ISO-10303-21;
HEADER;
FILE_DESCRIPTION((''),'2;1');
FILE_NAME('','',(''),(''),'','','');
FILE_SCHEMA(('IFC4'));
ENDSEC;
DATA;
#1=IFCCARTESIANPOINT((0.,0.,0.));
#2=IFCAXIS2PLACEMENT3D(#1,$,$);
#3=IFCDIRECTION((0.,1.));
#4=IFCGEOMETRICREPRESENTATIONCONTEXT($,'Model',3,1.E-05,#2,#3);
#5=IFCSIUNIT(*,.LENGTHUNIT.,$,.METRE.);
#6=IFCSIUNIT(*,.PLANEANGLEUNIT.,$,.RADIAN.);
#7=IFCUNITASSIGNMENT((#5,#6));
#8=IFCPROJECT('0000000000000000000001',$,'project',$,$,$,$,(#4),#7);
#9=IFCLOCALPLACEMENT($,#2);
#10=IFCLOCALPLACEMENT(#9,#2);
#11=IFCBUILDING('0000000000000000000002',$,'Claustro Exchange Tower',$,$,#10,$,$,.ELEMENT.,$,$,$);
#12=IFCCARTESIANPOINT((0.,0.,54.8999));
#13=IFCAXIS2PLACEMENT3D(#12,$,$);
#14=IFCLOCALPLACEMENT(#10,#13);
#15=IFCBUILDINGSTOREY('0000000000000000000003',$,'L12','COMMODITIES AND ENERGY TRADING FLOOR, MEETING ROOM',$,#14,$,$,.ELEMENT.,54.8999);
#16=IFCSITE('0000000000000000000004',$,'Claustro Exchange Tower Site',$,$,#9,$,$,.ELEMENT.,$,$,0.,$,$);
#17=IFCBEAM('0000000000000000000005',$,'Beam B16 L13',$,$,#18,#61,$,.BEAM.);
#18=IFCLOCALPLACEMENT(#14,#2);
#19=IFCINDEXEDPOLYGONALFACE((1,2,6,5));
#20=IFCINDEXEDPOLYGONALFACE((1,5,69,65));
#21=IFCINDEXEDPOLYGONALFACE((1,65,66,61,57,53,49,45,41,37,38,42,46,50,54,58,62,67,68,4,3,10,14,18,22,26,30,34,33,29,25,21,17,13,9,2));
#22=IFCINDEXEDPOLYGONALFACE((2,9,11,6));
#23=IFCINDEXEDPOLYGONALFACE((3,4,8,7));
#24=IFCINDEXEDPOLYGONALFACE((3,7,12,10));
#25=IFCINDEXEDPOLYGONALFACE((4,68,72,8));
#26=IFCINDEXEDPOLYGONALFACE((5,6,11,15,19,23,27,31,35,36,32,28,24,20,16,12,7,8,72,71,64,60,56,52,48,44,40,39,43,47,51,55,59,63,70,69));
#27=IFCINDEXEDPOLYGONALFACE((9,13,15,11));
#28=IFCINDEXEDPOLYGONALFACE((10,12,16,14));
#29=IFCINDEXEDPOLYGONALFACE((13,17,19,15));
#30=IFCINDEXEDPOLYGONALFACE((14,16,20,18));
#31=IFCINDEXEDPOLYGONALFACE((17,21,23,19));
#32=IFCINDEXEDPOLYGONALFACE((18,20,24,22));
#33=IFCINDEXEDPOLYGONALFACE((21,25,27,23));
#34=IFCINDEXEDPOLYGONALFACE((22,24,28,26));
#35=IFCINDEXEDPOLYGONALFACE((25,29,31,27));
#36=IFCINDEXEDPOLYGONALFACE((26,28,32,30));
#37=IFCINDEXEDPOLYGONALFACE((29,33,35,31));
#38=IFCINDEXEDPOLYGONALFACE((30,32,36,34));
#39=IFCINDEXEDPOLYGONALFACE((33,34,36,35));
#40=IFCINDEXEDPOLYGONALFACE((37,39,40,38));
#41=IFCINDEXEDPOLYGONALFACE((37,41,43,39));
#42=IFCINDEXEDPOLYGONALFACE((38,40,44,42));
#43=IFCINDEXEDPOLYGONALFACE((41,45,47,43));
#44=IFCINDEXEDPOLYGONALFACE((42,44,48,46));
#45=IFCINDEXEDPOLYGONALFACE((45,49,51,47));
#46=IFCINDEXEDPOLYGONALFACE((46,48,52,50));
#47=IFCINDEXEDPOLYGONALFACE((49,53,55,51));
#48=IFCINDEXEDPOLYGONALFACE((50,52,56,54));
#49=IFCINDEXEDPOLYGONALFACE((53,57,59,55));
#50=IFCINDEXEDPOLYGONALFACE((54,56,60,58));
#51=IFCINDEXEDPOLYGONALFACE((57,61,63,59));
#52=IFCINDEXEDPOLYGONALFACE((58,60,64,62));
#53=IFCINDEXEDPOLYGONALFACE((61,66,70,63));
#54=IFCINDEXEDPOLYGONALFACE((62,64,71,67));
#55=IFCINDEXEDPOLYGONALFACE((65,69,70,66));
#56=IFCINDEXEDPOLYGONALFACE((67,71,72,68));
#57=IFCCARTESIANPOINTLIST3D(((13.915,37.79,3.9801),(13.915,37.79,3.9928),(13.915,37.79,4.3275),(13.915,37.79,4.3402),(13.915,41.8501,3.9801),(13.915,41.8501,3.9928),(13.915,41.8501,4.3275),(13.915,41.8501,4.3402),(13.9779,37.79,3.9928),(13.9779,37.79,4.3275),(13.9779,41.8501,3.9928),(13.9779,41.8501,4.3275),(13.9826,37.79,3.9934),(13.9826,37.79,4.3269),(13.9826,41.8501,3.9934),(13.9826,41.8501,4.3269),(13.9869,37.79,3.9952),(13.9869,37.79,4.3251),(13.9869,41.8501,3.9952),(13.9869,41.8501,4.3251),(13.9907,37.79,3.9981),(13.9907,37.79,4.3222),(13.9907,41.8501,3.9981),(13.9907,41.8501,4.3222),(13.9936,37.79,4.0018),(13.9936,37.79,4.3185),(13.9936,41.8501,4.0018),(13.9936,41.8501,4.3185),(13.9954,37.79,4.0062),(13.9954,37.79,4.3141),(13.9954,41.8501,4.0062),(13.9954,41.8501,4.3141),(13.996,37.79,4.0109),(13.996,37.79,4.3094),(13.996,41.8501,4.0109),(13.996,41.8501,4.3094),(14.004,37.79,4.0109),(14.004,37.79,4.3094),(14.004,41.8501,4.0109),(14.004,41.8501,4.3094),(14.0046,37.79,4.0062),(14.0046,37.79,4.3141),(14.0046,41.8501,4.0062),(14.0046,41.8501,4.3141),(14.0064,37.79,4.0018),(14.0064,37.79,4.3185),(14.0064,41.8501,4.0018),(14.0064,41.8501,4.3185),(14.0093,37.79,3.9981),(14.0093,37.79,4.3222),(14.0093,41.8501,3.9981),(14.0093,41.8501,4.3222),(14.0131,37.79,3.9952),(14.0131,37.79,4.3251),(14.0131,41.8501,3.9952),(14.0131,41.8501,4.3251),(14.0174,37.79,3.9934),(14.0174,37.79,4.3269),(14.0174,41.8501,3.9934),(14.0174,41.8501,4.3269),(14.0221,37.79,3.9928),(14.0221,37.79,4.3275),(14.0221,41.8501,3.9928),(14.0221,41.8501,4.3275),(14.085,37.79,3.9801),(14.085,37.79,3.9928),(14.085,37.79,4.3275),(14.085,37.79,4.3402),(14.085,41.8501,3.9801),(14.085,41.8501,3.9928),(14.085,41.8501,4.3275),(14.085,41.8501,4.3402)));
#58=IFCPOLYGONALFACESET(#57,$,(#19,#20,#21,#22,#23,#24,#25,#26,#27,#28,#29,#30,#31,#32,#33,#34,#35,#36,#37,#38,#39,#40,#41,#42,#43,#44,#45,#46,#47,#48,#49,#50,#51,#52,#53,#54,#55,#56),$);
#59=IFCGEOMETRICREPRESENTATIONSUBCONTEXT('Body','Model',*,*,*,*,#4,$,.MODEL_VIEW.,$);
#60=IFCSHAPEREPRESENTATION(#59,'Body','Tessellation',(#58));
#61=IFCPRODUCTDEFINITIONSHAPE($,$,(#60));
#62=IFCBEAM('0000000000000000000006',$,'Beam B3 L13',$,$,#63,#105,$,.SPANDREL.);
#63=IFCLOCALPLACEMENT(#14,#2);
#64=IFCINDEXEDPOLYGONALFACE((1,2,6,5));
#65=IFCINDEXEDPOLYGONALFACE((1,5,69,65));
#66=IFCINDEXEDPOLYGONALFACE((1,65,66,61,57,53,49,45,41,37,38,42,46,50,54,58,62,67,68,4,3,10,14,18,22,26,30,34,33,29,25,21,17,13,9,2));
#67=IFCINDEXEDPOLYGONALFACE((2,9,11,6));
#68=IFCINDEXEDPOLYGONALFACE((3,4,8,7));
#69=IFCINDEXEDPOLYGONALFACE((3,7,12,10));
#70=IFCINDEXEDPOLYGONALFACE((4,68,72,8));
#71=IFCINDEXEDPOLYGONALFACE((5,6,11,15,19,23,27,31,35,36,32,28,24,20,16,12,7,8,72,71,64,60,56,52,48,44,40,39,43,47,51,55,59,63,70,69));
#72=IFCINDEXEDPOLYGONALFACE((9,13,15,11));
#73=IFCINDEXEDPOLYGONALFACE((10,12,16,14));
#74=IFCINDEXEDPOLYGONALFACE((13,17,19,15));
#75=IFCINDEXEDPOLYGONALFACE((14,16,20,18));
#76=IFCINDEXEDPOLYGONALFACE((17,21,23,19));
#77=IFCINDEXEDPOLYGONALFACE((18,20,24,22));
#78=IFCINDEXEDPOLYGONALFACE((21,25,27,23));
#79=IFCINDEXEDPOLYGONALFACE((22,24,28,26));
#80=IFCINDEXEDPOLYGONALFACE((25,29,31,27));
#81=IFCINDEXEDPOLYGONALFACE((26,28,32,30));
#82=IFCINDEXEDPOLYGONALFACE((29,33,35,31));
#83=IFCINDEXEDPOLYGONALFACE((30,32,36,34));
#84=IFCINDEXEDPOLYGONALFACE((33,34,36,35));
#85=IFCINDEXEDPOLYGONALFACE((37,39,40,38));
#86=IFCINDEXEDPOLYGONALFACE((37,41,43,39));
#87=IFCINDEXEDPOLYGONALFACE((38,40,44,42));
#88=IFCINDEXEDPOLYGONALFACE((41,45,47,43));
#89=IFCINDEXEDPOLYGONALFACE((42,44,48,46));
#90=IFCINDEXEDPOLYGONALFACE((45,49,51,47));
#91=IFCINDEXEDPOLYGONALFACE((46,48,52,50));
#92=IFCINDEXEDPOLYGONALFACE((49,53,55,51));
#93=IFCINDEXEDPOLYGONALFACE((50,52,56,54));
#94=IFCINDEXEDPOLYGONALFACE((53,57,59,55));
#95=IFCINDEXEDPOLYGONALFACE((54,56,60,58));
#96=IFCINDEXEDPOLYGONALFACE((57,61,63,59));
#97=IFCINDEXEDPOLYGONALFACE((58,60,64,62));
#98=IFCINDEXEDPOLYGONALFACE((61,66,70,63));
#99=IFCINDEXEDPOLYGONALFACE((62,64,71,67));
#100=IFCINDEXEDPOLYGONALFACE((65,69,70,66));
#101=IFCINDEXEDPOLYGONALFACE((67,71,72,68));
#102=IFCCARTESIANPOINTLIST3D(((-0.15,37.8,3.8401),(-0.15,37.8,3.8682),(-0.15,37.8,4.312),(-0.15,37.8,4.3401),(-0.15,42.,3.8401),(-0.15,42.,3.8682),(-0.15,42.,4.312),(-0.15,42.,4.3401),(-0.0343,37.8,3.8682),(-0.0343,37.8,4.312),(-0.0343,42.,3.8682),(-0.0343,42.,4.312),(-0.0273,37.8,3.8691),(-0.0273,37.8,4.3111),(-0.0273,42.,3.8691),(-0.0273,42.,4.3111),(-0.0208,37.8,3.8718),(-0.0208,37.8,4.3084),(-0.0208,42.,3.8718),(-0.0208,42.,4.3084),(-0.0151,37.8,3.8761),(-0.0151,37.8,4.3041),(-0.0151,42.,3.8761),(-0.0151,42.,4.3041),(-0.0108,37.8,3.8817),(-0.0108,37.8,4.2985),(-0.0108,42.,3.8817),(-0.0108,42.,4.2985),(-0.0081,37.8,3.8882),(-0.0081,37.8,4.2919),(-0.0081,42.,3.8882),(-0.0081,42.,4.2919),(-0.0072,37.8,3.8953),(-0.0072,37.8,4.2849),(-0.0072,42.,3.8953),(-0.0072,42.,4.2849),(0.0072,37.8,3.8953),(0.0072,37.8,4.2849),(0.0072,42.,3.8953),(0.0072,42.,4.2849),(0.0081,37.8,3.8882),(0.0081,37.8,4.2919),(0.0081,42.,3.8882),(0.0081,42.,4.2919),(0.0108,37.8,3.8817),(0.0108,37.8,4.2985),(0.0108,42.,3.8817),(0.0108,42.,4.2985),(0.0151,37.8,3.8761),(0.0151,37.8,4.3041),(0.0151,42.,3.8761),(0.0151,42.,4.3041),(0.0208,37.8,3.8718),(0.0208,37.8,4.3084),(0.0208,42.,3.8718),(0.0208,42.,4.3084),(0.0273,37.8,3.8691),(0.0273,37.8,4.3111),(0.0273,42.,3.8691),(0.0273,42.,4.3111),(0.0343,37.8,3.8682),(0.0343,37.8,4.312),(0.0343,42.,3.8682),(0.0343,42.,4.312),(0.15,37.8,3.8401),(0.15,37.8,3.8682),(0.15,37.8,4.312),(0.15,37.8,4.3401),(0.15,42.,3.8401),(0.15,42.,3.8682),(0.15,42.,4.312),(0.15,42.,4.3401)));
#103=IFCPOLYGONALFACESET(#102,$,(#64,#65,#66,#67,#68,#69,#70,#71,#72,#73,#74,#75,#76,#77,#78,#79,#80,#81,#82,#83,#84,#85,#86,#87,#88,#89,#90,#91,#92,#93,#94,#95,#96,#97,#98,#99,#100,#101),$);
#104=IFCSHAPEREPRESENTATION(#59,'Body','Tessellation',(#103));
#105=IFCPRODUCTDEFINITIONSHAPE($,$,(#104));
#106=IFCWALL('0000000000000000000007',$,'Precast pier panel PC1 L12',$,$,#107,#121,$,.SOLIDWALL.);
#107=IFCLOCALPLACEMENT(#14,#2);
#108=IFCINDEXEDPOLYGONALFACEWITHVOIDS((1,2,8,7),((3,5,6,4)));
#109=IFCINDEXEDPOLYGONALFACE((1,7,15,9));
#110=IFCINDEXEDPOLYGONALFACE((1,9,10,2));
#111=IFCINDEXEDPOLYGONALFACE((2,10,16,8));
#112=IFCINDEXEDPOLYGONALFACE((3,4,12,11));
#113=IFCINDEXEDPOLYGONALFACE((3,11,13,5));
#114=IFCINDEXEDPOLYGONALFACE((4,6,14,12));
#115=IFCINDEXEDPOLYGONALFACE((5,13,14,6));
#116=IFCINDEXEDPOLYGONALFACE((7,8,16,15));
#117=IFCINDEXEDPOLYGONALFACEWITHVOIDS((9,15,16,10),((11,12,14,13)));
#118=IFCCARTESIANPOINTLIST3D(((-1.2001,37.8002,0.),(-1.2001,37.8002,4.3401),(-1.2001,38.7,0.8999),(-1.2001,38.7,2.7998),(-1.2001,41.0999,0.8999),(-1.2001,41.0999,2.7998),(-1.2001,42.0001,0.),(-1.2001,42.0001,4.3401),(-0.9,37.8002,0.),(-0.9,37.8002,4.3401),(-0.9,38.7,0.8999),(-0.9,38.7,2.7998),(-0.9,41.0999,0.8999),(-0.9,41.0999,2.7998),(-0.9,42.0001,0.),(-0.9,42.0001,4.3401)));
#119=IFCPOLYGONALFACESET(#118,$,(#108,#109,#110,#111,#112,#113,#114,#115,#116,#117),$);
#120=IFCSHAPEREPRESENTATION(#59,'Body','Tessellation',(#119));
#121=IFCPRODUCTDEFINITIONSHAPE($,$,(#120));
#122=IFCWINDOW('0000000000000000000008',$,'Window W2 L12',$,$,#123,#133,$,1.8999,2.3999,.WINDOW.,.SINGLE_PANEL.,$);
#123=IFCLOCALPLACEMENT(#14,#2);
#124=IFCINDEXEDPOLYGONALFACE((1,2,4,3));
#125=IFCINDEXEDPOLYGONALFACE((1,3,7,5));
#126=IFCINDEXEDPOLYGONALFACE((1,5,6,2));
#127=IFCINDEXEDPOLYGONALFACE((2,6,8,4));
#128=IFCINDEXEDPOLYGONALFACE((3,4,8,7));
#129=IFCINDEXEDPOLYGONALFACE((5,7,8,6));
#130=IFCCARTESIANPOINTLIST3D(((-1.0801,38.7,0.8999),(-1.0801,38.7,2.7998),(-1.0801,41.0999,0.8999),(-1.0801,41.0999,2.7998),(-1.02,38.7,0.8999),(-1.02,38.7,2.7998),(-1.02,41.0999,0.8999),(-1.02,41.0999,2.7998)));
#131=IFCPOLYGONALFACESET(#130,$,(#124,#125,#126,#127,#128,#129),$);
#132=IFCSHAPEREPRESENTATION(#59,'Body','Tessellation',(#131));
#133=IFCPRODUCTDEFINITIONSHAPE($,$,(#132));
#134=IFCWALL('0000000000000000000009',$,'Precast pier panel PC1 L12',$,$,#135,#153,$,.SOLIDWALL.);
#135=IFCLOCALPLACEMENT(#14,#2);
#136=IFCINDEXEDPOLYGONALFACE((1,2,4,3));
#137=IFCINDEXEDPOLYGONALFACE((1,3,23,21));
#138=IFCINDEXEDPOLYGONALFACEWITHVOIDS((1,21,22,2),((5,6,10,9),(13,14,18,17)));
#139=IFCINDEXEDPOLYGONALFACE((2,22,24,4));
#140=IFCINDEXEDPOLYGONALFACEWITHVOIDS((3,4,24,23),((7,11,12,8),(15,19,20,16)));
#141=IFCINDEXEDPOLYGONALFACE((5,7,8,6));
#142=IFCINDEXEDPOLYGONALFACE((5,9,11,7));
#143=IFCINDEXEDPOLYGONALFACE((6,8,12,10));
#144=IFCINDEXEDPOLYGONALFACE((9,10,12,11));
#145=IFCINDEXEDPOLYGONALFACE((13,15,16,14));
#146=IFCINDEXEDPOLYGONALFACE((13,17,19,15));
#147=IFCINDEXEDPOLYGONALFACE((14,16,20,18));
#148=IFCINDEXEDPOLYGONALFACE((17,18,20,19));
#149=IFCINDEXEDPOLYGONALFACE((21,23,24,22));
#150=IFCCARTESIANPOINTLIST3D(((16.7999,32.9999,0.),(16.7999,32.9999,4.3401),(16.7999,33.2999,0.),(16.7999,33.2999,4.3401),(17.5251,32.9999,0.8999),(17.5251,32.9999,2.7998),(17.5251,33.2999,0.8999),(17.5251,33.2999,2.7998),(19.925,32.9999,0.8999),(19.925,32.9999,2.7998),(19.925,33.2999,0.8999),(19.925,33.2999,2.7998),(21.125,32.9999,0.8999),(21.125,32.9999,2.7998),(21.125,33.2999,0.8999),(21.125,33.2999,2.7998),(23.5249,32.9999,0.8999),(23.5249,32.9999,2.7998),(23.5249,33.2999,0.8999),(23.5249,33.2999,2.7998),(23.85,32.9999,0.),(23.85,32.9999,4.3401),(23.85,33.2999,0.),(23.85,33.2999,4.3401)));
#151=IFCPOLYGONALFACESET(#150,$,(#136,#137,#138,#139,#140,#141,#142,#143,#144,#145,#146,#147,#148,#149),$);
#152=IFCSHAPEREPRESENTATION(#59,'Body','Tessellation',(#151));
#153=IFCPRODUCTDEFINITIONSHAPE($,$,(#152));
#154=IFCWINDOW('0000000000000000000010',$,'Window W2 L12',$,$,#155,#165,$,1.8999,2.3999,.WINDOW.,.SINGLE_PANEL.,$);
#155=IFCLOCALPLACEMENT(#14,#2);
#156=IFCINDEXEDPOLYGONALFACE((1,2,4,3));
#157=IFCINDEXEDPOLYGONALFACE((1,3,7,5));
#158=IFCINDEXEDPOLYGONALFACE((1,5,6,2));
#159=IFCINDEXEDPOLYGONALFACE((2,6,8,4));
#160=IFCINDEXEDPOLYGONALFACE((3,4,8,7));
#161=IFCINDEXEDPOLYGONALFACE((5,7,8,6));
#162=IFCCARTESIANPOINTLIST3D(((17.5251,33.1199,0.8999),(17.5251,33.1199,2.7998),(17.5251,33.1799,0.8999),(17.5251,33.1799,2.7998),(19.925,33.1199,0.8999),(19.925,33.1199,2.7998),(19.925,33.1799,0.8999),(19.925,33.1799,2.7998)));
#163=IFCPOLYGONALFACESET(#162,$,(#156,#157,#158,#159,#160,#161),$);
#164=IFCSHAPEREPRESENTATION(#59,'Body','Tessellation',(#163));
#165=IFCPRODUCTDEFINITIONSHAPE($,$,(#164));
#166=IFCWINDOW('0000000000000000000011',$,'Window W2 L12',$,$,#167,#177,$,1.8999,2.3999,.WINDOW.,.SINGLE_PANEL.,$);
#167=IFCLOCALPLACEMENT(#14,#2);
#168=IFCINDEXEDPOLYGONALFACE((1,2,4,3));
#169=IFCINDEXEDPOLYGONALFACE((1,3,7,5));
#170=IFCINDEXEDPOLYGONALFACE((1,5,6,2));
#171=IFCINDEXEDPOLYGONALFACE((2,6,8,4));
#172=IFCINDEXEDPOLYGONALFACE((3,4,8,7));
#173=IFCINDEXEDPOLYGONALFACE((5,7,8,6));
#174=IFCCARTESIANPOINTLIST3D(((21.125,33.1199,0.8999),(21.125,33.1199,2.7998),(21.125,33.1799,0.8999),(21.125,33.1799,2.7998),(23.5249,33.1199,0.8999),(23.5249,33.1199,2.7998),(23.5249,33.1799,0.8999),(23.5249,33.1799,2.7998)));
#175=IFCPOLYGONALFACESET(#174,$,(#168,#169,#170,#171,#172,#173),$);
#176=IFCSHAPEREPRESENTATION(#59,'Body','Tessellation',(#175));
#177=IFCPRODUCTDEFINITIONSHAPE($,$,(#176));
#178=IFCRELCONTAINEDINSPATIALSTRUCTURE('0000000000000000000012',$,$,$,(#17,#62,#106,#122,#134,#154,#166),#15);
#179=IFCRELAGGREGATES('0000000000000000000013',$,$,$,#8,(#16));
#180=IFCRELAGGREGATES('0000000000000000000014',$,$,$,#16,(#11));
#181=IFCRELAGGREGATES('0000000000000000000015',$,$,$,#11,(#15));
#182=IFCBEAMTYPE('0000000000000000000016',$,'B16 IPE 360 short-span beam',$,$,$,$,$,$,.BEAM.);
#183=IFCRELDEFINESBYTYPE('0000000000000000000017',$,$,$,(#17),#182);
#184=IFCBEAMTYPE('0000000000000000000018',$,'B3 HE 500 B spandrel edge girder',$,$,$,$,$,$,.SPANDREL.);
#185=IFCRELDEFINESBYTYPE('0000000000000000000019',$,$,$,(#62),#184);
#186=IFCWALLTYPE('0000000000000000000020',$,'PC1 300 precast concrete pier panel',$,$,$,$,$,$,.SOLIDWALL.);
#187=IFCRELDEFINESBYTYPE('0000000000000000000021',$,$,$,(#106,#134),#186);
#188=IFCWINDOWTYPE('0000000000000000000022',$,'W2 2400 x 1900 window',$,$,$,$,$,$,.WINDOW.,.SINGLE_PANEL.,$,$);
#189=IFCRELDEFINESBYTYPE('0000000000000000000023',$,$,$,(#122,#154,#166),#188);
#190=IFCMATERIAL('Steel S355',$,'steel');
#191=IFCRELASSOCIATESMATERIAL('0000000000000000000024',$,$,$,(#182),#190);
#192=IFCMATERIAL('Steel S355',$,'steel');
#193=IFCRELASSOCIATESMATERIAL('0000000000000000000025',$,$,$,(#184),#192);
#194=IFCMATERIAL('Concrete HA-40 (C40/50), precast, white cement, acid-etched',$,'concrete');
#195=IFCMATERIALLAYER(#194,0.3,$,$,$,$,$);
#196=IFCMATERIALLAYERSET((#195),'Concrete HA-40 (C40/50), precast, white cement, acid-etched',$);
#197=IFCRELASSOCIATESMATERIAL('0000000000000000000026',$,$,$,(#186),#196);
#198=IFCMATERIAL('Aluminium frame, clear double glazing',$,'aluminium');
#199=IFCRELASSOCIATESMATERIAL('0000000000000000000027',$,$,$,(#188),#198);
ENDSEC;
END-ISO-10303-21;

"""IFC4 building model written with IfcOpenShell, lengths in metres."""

from ifc_helpers import new_model, si_unit, direction, frame, frame_2d, origin, origin_2d, place, context, subcontext, project, spatial, rectangle, i_section, extrude, material, layer, layer_set, material_profile, profile_set, type_object, element, fill, save


model = new_model("IFC4")

# Units and contexts
model_context = context("Model", 3, precision=1e-05, world=origin(), true_north=direction((0.0, 1.0)))
body_context = subcontext(model_context, "Body", "Model", "MODEL_VIEW")
ifc_project = project(units=[si_unit("LENGTHUNIT", "METRE"), si_unit("PLANEANGLEUNIT", "RADIAN")], contexts=[model_context])

# Site, building, storey
site_placement = place(None, origin())
site = spatial("IfcSite", under=ifc_project, at=site_placement, Name="Claustro Exchange Tower Site", CompositionType="ELEMENT", RefElevation=0.0)
building_placement = place(site_placement, origin())
building = spatial("IfcBuilding", under=site, at=building_placement, Name="Claustro Exchange Tower", CompositionType="ELEMENT")
storey_placement = place(building_placement, frame((0.0, 0.0, 54.8999)))
storey = spatial("IfcBuildingStorey", under=building, at=storey_placement, Name="L12", Description="COMMODITIES AND ENERGY TRADING FLOOR, MEETING ROOM", CompositionType="ELEMENT", Elevation=54.8999)

# Beams
ifc_material_1 = material(Name="Steel S355", Category="steel")
ifc_material_profile_1 = material_profile(ifc_material_1, i_section(OverallWidth=0.1699, OverallDepth=0.3601, WebThickness=0.0081, FlangeThickness=0.0127, FilletRadius=0.0181, at=origin_2d()), Name="IPE 360")
ifc_profile_set_1 = profile_set([ifc_material_profile_1], Name="Steel S355")
beam_type_1 = type_object("IfcBeamType", Name="B16 IPE 360 short-span beam", PredefinedType="BEAM", material=ifc_profile_set_1)
for number, where, z_axis, x_axis, name in (
    (1, (14.0, 37.79, 4.1602), (0.0, 1.0, 0.0), (-1.0, 0.0, 0.0), "Beam B16 L13"),
):
    element("IfcBeam", number, at=place(storey_placement, frame(where, z_axis=z_axis, x_axis=x_axis)), inside=storey, type_object=beam_type_1, Name=name, PredefinedType="BEAM", context=body_context, shape_type="SweptSolid", body=[
        extrude(i_section(OverallWidth=0.1699, OverallDepth=0.3601, WebThickness=0.0081, FlangeThickness=0.0127, FilletRadius=0.0181, at=origin_2d()), origin(), (0.0, 0.0, 1.0), 4.0601),
    ])
ifc_material_2 = material(Name="Steel S355", Category="steel")
ifc_material_profile_2 = material_profile(ifc_material_2, i_section(OverallWidth=0.3, OverallDepth=0.5, WebThickness=0.0144, FlangeThickness=0.0281, FilletRadius=0.0271, at=origin_2d()), Name="HE 500 B")
ifc_profile_set_2 = profile_set([ifc_material_profile_2], Name="Steel S355")
beam_type_2 = type_object("IfcBeamType", Name="B3 HE 500 B spandrel edge girder", PredefinedType="SPANDREL", material=ifc_profile_set_2)
beam_1_placement = place(storey_placement, frame((0.0, 37.8, 4.0901), z_axis=(0.0, 1.0, 0.0), x_axis=(-1.0, 0.0, 0.0)))
element("IfcBeam", 2, at=beam_1_placement, inside=storey, type_object=beam_type_2, Name="Beam B3 L13", PredefinedType="SPANDREL", context=body_context, shape_type="SweptSolid", body=[
    extrude(i_section(OverallWidth=0.3, OverallDepth=0.5, WebThickness=0.0144, FlangeThickness=0.0281, FilletRadius=0.0271, at=origin_2d()), origin(), (0.0, 0.0, 1.0), 4.2),
])

# Wall, opening, window
ifc_material_3 = material(Name="Concrete HA-40 (C40/50), precast, white cement, acid-etched", Category="concrete")
ifc_layer_1 = layer(ifc_material_3, 0.3)
ifc_layer_set_1 = layer_set([ifc_layer_1], Name="Concrete HA-40 (C40/50), precast, white cement, acid-etched")
wall_type_1 = type_object("IfcWallType", Name="PC1 300 precast concrete pier panel", PredefinedType="SOLIDWALL", material=ifc_layer_set_1)
wall_1_placement = place(storey_placement, frame((-1.05, 37.8, 0.0), z_axis=(0.0, 0.0, 1.0), x_axis=(0.0, 1.0, 0.0)))
wall_1 = element("IfcWall", 3, at=wall_1_placement, inside=storey, type_object=wall_type_1, Name="Precast pier panel PC1 L12", PredefinedType="SOLIDWALL", context=body_context, shape_type="SweptSolid", body=[
    extrude(rectangle(XDim=4.2, YDim=0.3, at=frame_2d((2.1001, 0.0))), origin(), (0.0, 0.0, 1.0), 4.3401),
])
opening_1_placement = place(wall_1_placement, frame((0.8999, 0.0, 0.8999)))
opening_1 = element("IfcOpeningElement", 4, at=opening_1_placement, cuts=wall_1, PredefinedType="OPENING", context=body_context, shape_type="SweptSolid", body=[
    extrude(rectangle(XDim=2.3999, YDim=1.8999, at=frame_2d((1.2, 0.95))), frame((0.0, 0.1599, 0.0), z_axis=(0.0, -1.0, 0.0), x_axis=(1.0, 0.0, 0.0)), (0.0, 0.0, 1.0), 0.3201),
])
ifc_material_4 = material(Name="Aluminium frame, clear double glazing", Category="aluminium")
window_type = type_object("IfcWindowType", Name="W2 2400 x 1900 window", PartitioningType="SINGLE_PANEL", PredefinedType="WINDOW", material=ifc_material_4)
window_1_placement = place(opening_1_placement, origin())
window_1 = element("IfcWindow", 5, at=window_1_placement, inside=storey, type_object=window_type, Name="Window W2 L12", OverallHeight=1.8999, OverallWidth=2.3999, PartitioningType="SINGLE_PANEL", PredefinedType="WINDOW", context=body_context, shape_type="SweptSolid", body=[
    extrude(rectangle(XDim=2.3999, YDim=1.8999, at=frame_2d((1.2, 0.95))), frame((0.0, 0.03, 0.0), z_axis=(0.0, -1.0, 0.0), x_axis=(1.0, 0.0, 0.0)), (0.0, 0.0, 1.0), 0.0601),
])
fill(opening_1, window_1)

# Wall, openings, windows
wall_2_placement = place(storey_placement, frame((16.8, 33.1499, 0.0), z_axis=(0.0, 0.0, 1.0), x_axis=(1.0, 0.0, 0.0)))
wall_2 = element("IfcWall", 6, at=wall_2_placement, inside=storey, type_object=wall_type_1, Name="Precast pier panel PC1 L12", PredefinedType="SOLIDWALL", context=body_context, shape_type="SweptSolid", body=[
    extrude(rectangle(XDim=7.05, YDim=0.3, at=frame_2d((3.5249, 0.0))), origin(), (0.0, 0.0, 1.0), 4.3401),
])
opening_2_placement = place(wall_2_placement, frame((0.7251, 0.0, 0.8999)))
opening_2 = element("IfcOpeningElement", 7, at=opening_2_placement, cuts=wall_2, PredefinedType="OPENING", context=body_context, shape_type="SweptSolid", body=[
    extrude(rectangle(XDim=2.3999, YDim=1.8999, at=frame_2d((1.2, 0.95))), frame((0.0, 0.1599, 0.0), z_axis=(0.0, -1.0, 0.0), x_axis=(1.0, 0.0, 0.0)), (0.0, 0.0, 1.0), 0.3201),
])
opening_3_placement = place(wall_2_placement, frame((4.325, 0.0, 0.8999)))
opening_3 = element("IfcOpeningElement", 8, at=opening_3_placement, cuts=wall_2, PredefinedType="OPENING", context=body_context, shape_type="SweptSolid", body=[
    extrude(rectangle(XDim=2.3999, YDim=1.8999, at=frame_2d((1.2, 0.95))), frame((0.0, 0.1599, 0.0), z_axis=(0.0, -1.0, 0.0), x_axis=(1.0, 0.0, 0.0)), (0.0, 0.0, 1.0), 0.3201),
])
window_2_placement = place(opening_2_placement, origin())
window_2 = element("IfcWindow", 9, at=window_2_placement, inside=storey, type_object=window_type, Name="Window W2 L12", OverallHeight=1.8999, OverallWidth=2.3999, PartitioningType="SINGLE_PANEL", PredefinedType="WINDOW", context=body_context, shape_type="SweptSolid", body=[
    extrude(rectangle(XDim=2.3999, YDim=1.8999, at=frame_2d((1.2, 0.95))), frame((0.0, 0.03, 0.0), z_axis=(0.0, -1.0, 0.0), x_axis=(1.0, 0.0, 0.0)), (0.0, 0.0, 1.0), 0.0601),
])
fill(opening_2, window_2)
window_3_placement = place(opening_3_placement, origin())
window_3 = element("IfcWindow", 10, at=window_3_placement, inside=storey, type_object=window_type, Name="Window W2 L12", OverallHeight=1.8999, OverallWidth=2.3999, PartitioningType="SINGLE_PANEL", PredefinedType="WINDOW", context=body_context, shape_type="SweptSolid", body=[
    extrude(rectangle(XDim=2.3999, YDim=1.8999, at=frame_2d((1.2, 0.95))), frame((0.0, 0.03, 0.0), z_axis=(0.0, -1.0, 0.0), x_axis=(1.0, 0.0, 0.0)), (0.0, 0.0, 1.0), 0.0601),
])
fill(opening_3, window_3)

save(model, "model.ifc")
